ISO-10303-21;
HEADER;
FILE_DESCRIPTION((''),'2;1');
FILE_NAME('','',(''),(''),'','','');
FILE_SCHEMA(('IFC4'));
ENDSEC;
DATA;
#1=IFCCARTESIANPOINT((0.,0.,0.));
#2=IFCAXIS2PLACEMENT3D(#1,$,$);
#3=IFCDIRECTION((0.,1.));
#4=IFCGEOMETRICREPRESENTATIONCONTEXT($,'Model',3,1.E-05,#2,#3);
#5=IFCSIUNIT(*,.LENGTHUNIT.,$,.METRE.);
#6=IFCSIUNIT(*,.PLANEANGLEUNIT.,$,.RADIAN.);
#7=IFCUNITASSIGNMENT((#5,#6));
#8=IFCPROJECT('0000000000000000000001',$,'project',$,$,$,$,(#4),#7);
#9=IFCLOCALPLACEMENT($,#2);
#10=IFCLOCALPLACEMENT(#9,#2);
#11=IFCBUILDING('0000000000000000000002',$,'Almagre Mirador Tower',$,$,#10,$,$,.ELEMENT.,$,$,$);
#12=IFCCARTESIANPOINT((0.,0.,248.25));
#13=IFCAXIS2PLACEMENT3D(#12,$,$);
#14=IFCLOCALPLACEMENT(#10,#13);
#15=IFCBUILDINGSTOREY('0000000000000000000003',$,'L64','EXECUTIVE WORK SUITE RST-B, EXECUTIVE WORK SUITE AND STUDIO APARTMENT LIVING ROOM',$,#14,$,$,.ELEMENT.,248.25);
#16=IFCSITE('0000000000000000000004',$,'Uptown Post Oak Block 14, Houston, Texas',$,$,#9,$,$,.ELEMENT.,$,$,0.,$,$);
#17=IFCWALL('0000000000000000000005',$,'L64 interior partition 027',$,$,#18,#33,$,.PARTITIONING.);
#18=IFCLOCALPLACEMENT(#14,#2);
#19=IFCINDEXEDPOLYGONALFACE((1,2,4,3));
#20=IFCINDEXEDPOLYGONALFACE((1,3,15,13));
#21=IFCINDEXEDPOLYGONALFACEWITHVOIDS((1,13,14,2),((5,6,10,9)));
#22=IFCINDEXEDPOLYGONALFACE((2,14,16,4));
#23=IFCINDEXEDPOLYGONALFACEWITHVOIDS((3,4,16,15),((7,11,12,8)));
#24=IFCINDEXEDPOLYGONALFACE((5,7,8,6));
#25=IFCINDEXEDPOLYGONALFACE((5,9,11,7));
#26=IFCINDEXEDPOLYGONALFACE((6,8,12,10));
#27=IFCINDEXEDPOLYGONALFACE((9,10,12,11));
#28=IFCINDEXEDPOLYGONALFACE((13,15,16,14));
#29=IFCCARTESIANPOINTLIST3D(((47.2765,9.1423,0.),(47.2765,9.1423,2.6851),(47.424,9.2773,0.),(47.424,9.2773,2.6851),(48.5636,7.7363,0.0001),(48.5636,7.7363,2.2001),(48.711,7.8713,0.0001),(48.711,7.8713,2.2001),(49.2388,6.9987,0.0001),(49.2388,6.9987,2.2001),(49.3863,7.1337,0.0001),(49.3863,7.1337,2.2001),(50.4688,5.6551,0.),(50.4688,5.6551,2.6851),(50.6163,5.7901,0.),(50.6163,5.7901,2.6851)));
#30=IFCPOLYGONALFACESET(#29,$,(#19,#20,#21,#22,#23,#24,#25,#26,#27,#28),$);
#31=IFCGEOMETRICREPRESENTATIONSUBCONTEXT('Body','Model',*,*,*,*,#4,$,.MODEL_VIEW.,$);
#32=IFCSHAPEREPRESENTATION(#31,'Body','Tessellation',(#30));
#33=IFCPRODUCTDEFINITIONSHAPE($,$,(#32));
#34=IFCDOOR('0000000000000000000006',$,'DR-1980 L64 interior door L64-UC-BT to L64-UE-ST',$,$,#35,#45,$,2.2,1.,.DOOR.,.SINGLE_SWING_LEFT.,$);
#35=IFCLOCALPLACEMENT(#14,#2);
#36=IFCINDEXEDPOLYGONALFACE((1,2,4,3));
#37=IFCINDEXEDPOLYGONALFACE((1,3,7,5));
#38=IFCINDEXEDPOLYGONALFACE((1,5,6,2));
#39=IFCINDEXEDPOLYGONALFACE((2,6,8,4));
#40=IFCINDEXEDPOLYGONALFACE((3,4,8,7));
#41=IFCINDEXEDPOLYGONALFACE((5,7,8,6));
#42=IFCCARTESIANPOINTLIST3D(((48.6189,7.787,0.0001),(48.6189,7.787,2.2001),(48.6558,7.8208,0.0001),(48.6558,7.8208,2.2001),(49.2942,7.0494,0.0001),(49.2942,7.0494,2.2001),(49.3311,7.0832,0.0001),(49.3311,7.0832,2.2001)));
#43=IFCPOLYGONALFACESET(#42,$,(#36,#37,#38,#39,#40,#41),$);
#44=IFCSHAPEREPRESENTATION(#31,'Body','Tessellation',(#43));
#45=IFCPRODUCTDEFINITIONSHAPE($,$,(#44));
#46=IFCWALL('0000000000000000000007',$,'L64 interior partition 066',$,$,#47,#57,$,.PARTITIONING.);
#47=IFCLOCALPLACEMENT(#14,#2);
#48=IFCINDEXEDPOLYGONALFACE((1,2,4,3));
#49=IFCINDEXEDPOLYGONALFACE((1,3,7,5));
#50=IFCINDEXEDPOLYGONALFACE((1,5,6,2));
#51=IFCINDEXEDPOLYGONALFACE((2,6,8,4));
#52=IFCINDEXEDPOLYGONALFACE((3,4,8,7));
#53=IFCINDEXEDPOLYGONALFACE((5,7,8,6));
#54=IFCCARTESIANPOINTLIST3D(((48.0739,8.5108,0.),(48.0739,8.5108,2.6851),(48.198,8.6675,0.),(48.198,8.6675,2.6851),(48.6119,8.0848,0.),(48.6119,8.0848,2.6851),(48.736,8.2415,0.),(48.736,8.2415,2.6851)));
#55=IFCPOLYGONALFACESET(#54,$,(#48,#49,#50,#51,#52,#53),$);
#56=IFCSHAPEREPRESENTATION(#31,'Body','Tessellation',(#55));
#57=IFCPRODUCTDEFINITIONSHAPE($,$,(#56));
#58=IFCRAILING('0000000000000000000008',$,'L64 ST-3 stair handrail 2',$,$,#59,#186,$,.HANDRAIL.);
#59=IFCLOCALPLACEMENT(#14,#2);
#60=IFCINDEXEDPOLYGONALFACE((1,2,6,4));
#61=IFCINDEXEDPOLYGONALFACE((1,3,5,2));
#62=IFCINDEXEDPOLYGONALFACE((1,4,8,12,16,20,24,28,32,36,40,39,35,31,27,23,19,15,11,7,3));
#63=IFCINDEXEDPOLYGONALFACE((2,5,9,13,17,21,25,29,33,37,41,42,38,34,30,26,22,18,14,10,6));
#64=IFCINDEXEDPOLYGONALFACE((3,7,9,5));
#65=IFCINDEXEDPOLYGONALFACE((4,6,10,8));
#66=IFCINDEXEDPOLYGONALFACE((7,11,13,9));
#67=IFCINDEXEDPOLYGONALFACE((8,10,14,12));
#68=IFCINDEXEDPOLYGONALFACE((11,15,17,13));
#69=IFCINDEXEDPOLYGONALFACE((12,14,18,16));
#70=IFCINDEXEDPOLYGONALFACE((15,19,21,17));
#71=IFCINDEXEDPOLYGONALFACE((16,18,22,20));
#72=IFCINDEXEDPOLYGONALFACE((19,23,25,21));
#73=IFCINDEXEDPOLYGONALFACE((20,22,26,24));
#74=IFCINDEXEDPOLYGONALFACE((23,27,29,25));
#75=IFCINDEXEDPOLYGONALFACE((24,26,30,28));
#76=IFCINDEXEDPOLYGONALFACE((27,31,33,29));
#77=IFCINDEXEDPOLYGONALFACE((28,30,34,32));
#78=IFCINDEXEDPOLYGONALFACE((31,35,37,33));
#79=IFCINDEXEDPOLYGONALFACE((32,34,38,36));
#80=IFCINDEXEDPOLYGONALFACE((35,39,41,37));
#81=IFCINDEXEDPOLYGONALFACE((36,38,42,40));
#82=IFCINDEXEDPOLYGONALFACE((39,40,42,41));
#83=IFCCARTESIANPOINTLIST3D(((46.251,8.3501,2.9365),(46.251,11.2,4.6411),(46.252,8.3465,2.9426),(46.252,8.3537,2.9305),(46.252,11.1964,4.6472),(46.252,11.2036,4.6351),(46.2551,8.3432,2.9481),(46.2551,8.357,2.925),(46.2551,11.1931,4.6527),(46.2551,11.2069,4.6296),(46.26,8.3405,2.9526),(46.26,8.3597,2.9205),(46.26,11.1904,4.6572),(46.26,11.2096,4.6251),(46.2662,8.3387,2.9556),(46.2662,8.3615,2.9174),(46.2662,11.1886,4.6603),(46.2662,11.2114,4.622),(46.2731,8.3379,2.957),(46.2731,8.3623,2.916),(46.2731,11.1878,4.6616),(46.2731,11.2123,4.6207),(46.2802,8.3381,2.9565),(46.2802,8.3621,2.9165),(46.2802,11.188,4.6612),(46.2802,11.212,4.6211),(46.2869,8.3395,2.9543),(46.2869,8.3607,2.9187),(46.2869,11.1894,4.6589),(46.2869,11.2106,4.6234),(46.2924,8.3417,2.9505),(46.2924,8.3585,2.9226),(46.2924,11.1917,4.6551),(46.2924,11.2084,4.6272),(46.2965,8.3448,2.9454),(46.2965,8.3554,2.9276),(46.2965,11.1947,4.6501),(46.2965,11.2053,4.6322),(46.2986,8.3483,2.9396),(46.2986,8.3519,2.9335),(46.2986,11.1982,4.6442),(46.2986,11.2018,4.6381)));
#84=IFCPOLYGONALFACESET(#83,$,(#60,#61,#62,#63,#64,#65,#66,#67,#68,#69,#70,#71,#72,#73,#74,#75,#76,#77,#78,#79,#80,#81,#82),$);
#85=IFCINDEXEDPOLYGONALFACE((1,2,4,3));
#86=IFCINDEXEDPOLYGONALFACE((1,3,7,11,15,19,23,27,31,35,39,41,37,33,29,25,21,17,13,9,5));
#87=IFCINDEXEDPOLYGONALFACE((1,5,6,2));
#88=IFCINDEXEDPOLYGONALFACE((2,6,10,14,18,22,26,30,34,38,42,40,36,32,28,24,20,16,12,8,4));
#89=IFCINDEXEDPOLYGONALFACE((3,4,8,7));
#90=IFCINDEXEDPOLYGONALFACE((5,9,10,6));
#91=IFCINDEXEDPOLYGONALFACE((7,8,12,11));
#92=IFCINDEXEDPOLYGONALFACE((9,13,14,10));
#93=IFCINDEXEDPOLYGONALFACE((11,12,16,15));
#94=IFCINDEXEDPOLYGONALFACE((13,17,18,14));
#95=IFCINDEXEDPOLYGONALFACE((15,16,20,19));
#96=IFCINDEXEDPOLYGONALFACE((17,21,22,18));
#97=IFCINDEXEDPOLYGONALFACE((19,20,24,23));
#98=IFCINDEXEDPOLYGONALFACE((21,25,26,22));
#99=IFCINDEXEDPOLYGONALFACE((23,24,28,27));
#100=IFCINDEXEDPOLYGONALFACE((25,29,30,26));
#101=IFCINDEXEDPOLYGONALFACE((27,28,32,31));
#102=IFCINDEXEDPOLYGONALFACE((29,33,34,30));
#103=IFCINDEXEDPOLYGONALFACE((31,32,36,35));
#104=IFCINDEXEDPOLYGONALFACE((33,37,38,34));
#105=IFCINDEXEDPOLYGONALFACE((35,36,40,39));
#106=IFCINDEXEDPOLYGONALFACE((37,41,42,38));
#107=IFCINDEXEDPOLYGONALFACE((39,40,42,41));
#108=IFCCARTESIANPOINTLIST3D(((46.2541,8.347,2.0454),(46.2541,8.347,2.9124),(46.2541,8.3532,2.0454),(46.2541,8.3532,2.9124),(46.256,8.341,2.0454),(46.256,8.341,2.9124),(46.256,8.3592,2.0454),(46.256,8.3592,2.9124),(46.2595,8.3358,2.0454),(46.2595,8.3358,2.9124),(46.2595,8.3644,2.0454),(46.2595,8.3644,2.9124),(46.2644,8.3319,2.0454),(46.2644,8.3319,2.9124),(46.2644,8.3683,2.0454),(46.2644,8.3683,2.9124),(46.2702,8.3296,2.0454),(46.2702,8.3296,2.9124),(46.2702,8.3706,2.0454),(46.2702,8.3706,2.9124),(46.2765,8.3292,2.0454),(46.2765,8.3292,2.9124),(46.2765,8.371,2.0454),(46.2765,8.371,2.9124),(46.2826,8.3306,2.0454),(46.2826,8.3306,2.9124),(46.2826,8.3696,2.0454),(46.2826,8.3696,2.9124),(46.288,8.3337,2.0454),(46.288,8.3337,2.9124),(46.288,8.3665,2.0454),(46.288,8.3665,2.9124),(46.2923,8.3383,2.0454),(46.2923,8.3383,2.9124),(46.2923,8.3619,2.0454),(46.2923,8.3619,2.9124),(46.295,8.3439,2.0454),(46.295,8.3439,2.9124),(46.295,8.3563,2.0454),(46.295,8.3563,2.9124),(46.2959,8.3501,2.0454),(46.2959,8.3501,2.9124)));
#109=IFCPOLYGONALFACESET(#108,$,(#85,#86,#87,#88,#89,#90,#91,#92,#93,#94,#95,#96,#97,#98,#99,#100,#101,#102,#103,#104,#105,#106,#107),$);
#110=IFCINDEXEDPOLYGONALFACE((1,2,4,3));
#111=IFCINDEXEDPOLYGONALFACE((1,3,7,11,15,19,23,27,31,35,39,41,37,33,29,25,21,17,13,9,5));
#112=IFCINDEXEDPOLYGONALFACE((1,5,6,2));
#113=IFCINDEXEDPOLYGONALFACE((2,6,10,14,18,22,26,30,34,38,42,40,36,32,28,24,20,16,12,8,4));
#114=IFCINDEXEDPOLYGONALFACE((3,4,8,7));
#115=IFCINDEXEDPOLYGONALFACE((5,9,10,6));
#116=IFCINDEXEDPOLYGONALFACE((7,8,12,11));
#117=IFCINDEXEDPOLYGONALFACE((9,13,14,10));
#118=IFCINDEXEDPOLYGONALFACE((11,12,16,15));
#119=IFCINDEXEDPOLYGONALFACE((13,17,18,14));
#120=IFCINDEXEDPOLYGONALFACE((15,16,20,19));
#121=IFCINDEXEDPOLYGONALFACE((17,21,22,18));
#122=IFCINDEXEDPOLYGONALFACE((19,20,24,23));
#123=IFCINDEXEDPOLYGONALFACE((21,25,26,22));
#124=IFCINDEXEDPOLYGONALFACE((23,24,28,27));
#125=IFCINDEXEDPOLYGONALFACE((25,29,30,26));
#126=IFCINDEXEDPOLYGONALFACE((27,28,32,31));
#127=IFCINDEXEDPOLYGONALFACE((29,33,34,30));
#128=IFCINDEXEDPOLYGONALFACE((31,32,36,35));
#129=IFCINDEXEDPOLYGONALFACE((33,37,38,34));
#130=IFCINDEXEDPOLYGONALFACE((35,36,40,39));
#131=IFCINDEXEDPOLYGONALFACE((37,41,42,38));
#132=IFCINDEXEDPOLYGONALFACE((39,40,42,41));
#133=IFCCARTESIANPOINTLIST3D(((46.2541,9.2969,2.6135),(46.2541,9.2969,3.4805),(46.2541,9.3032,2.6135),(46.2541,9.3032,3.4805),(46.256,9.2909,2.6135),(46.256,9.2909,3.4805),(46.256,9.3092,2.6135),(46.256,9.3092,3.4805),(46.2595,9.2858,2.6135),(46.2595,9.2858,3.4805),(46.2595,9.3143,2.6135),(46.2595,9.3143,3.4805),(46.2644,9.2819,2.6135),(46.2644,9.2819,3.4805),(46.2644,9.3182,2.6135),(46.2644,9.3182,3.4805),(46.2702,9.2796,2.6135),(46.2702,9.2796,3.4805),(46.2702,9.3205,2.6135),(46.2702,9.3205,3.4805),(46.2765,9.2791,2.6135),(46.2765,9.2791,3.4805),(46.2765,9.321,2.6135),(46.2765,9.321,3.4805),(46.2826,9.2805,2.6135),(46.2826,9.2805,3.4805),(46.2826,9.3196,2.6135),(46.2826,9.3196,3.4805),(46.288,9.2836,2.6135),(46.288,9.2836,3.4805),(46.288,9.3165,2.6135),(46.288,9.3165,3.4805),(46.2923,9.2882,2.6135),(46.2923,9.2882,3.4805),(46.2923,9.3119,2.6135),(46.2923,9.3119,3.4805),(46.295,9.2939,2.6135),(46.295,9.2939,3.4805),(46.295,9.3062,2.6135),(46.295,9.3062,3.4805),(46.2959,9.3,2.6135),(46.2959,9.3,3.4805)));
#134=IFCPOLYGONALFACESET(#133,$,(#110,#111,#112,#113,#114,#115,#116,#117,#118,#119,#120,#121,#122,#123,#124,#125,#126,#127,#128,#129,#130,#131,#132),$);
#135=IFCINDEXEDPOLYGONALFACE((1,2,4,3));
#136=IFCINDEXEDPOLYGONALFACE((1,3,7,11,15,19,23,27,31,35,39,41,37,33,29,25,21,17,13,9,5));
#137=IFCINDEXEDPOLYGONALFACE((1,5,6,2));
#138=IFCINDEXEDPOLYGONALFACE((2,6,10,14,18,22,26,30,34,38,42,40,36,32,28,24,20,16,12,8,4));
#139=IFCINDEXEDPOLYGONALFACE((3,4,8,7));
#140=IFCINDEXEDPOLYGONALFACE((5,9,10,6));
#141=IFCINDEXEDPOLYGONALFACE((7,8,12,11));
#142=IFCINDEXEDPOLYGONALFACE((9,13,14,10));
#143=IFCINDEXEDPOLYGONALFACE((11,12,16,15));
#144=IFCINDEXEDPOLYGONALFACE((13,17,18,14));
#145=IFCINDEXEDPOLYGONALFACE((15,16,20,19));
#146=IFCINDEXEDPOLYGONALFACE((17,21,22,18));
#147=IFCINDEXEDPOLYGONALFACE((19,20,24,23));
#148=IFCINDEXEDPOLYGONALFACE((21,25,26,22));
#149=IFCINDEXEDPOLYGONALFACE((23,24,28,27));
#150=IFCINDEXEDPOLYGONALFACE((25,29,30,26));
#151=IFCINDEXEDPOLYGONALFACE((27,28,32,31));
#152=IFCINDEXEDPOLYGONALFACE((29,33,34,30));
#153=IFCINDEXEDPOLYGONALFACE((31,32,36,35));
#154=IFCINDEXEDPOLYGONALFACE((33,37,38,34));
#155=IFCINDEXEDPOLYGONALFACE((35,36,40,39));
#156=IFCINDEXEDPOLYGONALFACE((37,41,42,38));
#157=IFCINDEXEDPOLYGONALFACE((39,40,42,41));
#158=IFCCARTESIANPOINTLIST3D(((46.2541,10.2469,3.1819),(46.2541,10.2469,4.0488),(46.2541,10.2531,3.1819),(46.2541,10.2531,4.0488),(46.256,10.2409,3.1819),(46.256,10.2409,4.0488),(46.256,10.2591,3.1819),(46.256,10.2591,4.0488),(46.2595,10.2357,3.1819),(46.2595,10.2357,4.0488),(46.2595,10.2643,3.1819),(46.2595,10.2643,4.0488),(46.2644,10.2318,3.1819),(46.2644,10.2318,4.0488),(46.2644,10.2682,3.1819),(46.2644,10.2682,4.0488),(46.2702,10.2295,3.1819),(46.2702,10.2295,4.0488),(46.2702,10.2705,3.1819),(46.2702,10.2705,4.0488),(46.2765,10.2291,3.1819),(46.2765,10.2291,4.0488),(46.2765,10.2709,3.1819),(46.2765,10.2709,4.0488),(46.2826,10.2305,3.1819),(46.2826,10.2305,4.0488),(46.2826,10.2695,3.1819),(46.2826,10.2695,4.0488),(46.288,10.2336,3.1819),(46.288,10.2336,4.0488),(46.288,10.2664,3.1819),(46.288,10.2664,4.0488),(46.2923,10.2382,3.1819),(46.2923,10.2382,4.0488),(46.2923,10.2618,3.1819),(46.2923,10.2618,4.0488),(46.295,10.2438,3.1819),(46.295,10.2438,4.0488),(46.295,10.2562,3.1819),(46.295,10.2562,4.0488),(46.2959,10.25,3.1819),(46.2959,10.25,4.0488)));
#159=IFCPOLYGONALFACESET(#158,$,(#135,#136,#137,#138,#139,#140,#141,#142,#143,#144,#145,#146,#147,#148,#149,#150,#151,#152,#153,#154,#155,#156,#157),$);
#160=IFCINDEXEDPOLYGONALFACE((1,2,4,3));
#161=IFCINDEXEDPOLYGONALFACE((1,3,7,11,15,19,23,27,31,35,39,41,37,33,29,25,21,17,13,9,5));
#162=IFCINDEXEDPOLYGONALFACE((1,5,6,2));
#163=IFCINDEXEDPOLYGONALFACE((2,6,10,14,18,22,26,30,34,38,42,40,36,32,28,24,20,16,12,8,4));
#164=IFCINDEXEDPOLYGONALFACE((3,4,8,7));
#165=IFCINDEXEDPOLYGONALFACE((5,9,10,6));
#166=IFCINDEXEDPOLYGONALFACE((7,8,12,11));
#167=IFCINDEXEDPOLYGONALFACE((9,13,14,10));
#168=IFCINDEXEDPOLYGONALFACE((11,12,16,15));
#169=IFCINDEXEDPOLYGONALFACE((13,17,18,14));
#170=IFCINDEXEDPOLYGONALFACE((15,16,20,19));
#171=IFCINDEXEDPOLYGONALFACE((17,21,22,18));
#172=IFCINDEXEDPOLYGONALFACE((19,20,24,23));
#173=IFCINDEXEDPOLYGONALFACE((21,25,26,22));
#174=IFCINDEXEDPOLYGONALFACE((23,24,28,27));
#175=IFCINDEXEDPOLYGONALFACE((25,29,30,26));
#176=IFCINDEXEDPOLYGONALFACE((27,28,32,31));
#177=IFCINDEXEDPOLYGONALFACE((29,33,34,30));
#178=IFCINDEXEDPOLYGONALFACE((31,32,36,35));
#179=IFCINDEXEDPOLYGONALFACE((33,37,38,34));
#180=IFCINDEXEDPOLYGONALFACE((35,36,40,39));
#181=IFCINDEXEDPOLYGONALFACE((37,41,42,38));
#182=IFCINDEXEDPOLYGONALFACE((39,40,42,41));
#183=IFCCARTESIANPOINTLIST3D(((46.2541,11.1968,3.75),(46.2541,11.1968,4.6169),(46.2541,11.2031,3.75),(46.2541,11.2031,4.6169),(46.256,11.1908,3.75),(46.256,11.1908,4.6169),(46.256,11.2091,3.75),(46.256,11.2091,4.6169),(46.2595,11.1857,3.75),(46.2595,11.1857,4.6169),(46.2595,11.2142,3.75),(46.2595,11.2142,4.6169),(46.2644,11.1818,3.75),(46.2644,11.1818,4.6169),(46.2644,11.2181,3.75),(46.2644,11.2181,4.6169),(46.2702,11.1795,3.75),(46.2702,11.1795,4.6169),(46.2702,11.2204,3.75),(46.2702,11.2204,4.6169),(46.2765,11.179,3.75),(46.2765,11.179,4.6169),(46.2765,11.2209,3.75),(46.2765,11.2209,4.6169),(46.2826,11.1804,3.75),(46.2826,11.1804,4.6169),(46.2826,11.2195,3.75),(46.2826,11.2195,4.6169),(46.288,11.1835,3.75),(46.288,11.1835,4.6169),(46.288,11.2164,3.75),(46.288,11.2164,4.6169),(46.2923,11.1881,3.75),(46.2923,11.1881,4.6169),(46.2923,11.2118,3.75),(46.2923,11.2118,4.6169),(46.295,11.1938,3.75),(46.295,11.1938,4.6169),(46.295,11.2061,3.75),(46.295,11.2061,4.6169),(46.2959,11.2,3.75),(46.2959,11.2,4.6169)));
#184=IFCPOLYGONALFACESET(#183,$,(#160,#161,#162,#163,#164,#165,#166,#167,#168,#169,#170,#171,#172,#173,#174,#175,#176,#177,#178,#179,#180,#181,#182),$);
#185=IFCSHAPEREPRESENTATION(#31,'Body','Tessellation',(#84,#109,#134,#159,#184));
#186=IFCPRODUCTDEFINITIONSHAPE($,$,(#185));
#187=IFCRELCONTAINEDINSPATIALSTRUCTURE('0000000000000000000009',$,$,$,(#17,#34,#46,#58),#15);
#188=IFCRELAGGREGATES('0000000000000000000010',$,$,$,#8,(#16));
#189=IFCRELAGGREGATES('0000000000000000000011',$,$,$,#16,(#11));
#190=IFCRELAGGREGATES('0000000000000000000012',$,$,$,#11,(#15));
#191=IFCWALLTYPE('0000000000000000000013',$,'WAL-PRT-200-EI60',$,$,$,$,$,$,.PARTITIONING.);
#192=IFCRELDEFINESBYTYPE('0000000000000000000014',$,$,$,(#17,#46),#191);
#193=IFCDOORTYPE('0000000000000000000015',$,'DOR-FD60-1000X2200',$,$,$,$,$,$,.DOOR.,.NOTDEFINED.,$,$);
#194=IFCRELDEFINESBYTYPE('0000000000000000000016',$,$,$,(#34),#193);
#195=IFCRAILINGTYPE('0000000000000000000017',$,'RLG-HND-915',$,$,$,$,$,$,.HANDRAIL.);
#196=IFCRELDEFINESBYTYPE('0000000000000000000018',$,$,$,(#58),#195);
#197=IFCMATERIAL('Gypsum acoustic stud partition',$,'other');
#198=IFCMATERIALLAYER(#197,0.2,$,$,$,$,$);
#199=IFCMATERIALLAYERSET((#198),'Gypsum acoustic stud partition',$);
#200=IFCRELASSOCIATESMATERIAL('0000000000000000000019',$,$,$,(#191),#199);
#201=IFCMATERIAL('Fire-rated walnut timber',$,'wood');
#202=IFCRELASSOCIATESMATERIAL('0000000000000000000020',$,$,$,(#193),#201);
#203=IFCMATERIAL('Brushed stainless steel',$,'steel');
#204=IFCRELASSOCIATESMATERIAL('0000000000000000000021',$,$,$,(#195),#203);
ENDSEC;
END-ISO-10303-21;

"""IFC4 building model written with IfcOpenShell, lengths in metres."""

from ifc_helpers import new_model, si_unit, direction, frame, frame_2d, origin, origin_2d, place, context, subcontext, project, spatial, rectangle, circle, extrude, material, layer, layer_set, type_object, element, fill, save


model = new_model("IFC4")

# Units and contexts
model_context = context("Model", 3, precision=1e-05, world=origin(), true_north=direction((0.0, 1.0)))
body_context = subcontext(model_context, "Body", "Model", "MODEL_VIEW")
ifc_project = project(units=[si_unit("LENGTHUNIT", "METRE"), si_unit("PLANEANGLEUNIT", "RADIAN")], contexts=[model_context])

# Site, building, storey
site_placement = place(None, origin())
site = spatial("IfcSite", under=ifc_project, at=site_placement, Name="Uptown Post Oak Block 14, Houston, Texas", CompositionType="ELEMENT", RefElevation=0.0)
building_placement = place(site_placement, origin())
building = spatial("IfcBuilding", under=site, at=building_placement, Name="Almagre Mirador Tower", CompositionType="ELEMENT")
storey_placement = place(building_placement, frame((0.0, 0.0, 248.25)))
storey = spatial("IfcBuildingStorey", under=building, at=storey_placement, Name="L64", Description="EXECUTIVE WORK SUITE RST-B, EXECUTIVE WORK SUITE AND STUDIO APARTMENT LIVING ROOM", CompositionType="ELEMENT", Elevation=248.25)

# Shared definitions
ifc_material_1 = material(Name="Gypsum acoustic stud partition", Category="other")
ifc_layer_1 = layer(ifc_material_1, 0.2)
ifc_layer_set_1 = layer_set([ifc_layer_1], Name="Gypsum acoustic stud partition")
wall_type_1 = type_object("IfcWallType", Name="WAL-PRT-200-EI60", PredefinedType="PARTITIONING", material=ifc_layer_set_1)

# Wall, opening, door
wall_1_placement = place(storey_placement, frame((50.5425, 5.7227, 0.0), z_axis=(0.0, 0.0, 1.0), x_axis=(-0.675229, 0.737608, 0.0)))
wall_1 = element("IfcWall", 1, at=wall_1_placement, inside=storey, type_object=wall_type_1, Name="L64 interior partition 027", PredefinedType="PARTITIONING", context=body_context, shape_type="SweptSolid", body=[
    extrude(rectangle(XDim=4.7278, YDim=0.2, at=frame_2d((2.3638, 0.0))), origin(), (0.0, 0.0, 1.0), 2.6851),
])
opening_1_placement = place(wall_1_placement, frame((1.8215, 0.0, 0.0)))
opening_1 = element("IfcOpeningElement", 2, at=opening_1_placement, cuts=wall_1, PredefinedType="OPENING", context=body_context, shape_type="SweptSolid", body=[
    extrude(rectangle(XDim=1.0, YDim=2.2, at=frame_2d((0.5, 1.1001))), frame((0.0, 0.1101, 0.0), z_axis=(0.0, -1.0, 0.0), x_axis=(1.0, 0.0, 0.0)), (0.0, 0.0, 1.0), 0.22),
])
ifc_material_2 = material(Name="Fire-rated walnut timber", Category="wood")
door_type_1 = type_object("IfcDoorType", Name="DOR-FD60-1000X2200", OperationType="NOTDEFINED", PredefinedType="DOOR", material=ifc_material_2)
door_1_placement = place(opening_1_placement, origin())
door_1 = element("IfcDoor", 3, at=door_1_placement, inside=storey, type_object=door_type_1, Name="DR-1980 L64 interior door L64-UC-BT to L64-UE-ST", OperationType="SINGLE_SWING_LEFT", OverallHeight=2.2, OverallWidth=1.0, PredefinedType="DOOR", context=body_context, shape_type="SweptSolid", body=[
    extrude(rectangle(XDim=1.0, YDim=2.2, at=frame_2d((0.5, 1.1001))), frame((0.0, 0.0249, 0.0), z_axis=(0.0, -1.0, 0.0), x_axis=(1.0, 0.0, 0.0)), (0.0, 0.0, 1.0), 0.05),
])
fill(opening_1, door_1)

# Wall
wall_2_placement = place(storey_placement, frame((48.6741, 8.1631, 0.0), z_axis=(0.0, 0.0, 1.0), x_axis=(-0.784017, 0.620739, 0.0)))
element("IfcWall", 4, at=wall_2_placement, inside=storey, type_object=wall_type_1, Name="L64 interior partition 066", PredefinedType="PARTITIONING", context=body_context, shape_type="SweptSolid", body=[
    extrude(rectangle(XDim=0.6863, YDim=0.2, at=frame_2d((0.3433, 0.0))), origin(), (0.0, 0.0, 1.0), 2.6851),
])

# Railing
ifc_material_3 = material(Name="Brushed stainless steel", Category="steel")
railing_type = type_object("IfcRailingType", Name="RLG-HND-915", PredefinedType="HANDRAIL", material=ifc_material_3)
railing_placement = place(storey_placement, frame((46.2749, 8.3501, 2.0454)))
element("IfcRailing", 5, at=railing_placement, inside=storey, type_object=railing_type, Name="L64 ST-3 stair handrail 2", PredefinedType="HANDRAIL", context=body_context, shape_type="SweptSolid", body=[
    extrude(circle(Radius=0.0239, at=origin_2d()), frame((0.0, 0.0, 0.8911), z_axis=(0.0, 0.858199, 0.513317), x_axis=(-1.0, 0.0, 0.0)), (0.0, 0.0, 1.0), 3.3208),
    extrude(circle(Radius=0.021, at=origin_2d()), origin(), (0.0, 0.0, 1.0), 0.8669),
    extrude(circle(Radius=0.021, at=origin_2d()), frame((0.0, 0.95, 0.5681)), (0.0, 0.0, 1.0), 0.8669),
    extrude(circle(Radius=0.021, at=origin_2d()), frame((0.0, 1.8999, 1.1365)), (0.0, 0.0, 1.0), 0.8669),
    extrude(circle(Radius=0.021, at=origin_2d()), frame((0.0, 2.8499, 1.7046)), (0.0, 0.0, 1.0), 0.8669),
])

save(model, "model.ifc")
